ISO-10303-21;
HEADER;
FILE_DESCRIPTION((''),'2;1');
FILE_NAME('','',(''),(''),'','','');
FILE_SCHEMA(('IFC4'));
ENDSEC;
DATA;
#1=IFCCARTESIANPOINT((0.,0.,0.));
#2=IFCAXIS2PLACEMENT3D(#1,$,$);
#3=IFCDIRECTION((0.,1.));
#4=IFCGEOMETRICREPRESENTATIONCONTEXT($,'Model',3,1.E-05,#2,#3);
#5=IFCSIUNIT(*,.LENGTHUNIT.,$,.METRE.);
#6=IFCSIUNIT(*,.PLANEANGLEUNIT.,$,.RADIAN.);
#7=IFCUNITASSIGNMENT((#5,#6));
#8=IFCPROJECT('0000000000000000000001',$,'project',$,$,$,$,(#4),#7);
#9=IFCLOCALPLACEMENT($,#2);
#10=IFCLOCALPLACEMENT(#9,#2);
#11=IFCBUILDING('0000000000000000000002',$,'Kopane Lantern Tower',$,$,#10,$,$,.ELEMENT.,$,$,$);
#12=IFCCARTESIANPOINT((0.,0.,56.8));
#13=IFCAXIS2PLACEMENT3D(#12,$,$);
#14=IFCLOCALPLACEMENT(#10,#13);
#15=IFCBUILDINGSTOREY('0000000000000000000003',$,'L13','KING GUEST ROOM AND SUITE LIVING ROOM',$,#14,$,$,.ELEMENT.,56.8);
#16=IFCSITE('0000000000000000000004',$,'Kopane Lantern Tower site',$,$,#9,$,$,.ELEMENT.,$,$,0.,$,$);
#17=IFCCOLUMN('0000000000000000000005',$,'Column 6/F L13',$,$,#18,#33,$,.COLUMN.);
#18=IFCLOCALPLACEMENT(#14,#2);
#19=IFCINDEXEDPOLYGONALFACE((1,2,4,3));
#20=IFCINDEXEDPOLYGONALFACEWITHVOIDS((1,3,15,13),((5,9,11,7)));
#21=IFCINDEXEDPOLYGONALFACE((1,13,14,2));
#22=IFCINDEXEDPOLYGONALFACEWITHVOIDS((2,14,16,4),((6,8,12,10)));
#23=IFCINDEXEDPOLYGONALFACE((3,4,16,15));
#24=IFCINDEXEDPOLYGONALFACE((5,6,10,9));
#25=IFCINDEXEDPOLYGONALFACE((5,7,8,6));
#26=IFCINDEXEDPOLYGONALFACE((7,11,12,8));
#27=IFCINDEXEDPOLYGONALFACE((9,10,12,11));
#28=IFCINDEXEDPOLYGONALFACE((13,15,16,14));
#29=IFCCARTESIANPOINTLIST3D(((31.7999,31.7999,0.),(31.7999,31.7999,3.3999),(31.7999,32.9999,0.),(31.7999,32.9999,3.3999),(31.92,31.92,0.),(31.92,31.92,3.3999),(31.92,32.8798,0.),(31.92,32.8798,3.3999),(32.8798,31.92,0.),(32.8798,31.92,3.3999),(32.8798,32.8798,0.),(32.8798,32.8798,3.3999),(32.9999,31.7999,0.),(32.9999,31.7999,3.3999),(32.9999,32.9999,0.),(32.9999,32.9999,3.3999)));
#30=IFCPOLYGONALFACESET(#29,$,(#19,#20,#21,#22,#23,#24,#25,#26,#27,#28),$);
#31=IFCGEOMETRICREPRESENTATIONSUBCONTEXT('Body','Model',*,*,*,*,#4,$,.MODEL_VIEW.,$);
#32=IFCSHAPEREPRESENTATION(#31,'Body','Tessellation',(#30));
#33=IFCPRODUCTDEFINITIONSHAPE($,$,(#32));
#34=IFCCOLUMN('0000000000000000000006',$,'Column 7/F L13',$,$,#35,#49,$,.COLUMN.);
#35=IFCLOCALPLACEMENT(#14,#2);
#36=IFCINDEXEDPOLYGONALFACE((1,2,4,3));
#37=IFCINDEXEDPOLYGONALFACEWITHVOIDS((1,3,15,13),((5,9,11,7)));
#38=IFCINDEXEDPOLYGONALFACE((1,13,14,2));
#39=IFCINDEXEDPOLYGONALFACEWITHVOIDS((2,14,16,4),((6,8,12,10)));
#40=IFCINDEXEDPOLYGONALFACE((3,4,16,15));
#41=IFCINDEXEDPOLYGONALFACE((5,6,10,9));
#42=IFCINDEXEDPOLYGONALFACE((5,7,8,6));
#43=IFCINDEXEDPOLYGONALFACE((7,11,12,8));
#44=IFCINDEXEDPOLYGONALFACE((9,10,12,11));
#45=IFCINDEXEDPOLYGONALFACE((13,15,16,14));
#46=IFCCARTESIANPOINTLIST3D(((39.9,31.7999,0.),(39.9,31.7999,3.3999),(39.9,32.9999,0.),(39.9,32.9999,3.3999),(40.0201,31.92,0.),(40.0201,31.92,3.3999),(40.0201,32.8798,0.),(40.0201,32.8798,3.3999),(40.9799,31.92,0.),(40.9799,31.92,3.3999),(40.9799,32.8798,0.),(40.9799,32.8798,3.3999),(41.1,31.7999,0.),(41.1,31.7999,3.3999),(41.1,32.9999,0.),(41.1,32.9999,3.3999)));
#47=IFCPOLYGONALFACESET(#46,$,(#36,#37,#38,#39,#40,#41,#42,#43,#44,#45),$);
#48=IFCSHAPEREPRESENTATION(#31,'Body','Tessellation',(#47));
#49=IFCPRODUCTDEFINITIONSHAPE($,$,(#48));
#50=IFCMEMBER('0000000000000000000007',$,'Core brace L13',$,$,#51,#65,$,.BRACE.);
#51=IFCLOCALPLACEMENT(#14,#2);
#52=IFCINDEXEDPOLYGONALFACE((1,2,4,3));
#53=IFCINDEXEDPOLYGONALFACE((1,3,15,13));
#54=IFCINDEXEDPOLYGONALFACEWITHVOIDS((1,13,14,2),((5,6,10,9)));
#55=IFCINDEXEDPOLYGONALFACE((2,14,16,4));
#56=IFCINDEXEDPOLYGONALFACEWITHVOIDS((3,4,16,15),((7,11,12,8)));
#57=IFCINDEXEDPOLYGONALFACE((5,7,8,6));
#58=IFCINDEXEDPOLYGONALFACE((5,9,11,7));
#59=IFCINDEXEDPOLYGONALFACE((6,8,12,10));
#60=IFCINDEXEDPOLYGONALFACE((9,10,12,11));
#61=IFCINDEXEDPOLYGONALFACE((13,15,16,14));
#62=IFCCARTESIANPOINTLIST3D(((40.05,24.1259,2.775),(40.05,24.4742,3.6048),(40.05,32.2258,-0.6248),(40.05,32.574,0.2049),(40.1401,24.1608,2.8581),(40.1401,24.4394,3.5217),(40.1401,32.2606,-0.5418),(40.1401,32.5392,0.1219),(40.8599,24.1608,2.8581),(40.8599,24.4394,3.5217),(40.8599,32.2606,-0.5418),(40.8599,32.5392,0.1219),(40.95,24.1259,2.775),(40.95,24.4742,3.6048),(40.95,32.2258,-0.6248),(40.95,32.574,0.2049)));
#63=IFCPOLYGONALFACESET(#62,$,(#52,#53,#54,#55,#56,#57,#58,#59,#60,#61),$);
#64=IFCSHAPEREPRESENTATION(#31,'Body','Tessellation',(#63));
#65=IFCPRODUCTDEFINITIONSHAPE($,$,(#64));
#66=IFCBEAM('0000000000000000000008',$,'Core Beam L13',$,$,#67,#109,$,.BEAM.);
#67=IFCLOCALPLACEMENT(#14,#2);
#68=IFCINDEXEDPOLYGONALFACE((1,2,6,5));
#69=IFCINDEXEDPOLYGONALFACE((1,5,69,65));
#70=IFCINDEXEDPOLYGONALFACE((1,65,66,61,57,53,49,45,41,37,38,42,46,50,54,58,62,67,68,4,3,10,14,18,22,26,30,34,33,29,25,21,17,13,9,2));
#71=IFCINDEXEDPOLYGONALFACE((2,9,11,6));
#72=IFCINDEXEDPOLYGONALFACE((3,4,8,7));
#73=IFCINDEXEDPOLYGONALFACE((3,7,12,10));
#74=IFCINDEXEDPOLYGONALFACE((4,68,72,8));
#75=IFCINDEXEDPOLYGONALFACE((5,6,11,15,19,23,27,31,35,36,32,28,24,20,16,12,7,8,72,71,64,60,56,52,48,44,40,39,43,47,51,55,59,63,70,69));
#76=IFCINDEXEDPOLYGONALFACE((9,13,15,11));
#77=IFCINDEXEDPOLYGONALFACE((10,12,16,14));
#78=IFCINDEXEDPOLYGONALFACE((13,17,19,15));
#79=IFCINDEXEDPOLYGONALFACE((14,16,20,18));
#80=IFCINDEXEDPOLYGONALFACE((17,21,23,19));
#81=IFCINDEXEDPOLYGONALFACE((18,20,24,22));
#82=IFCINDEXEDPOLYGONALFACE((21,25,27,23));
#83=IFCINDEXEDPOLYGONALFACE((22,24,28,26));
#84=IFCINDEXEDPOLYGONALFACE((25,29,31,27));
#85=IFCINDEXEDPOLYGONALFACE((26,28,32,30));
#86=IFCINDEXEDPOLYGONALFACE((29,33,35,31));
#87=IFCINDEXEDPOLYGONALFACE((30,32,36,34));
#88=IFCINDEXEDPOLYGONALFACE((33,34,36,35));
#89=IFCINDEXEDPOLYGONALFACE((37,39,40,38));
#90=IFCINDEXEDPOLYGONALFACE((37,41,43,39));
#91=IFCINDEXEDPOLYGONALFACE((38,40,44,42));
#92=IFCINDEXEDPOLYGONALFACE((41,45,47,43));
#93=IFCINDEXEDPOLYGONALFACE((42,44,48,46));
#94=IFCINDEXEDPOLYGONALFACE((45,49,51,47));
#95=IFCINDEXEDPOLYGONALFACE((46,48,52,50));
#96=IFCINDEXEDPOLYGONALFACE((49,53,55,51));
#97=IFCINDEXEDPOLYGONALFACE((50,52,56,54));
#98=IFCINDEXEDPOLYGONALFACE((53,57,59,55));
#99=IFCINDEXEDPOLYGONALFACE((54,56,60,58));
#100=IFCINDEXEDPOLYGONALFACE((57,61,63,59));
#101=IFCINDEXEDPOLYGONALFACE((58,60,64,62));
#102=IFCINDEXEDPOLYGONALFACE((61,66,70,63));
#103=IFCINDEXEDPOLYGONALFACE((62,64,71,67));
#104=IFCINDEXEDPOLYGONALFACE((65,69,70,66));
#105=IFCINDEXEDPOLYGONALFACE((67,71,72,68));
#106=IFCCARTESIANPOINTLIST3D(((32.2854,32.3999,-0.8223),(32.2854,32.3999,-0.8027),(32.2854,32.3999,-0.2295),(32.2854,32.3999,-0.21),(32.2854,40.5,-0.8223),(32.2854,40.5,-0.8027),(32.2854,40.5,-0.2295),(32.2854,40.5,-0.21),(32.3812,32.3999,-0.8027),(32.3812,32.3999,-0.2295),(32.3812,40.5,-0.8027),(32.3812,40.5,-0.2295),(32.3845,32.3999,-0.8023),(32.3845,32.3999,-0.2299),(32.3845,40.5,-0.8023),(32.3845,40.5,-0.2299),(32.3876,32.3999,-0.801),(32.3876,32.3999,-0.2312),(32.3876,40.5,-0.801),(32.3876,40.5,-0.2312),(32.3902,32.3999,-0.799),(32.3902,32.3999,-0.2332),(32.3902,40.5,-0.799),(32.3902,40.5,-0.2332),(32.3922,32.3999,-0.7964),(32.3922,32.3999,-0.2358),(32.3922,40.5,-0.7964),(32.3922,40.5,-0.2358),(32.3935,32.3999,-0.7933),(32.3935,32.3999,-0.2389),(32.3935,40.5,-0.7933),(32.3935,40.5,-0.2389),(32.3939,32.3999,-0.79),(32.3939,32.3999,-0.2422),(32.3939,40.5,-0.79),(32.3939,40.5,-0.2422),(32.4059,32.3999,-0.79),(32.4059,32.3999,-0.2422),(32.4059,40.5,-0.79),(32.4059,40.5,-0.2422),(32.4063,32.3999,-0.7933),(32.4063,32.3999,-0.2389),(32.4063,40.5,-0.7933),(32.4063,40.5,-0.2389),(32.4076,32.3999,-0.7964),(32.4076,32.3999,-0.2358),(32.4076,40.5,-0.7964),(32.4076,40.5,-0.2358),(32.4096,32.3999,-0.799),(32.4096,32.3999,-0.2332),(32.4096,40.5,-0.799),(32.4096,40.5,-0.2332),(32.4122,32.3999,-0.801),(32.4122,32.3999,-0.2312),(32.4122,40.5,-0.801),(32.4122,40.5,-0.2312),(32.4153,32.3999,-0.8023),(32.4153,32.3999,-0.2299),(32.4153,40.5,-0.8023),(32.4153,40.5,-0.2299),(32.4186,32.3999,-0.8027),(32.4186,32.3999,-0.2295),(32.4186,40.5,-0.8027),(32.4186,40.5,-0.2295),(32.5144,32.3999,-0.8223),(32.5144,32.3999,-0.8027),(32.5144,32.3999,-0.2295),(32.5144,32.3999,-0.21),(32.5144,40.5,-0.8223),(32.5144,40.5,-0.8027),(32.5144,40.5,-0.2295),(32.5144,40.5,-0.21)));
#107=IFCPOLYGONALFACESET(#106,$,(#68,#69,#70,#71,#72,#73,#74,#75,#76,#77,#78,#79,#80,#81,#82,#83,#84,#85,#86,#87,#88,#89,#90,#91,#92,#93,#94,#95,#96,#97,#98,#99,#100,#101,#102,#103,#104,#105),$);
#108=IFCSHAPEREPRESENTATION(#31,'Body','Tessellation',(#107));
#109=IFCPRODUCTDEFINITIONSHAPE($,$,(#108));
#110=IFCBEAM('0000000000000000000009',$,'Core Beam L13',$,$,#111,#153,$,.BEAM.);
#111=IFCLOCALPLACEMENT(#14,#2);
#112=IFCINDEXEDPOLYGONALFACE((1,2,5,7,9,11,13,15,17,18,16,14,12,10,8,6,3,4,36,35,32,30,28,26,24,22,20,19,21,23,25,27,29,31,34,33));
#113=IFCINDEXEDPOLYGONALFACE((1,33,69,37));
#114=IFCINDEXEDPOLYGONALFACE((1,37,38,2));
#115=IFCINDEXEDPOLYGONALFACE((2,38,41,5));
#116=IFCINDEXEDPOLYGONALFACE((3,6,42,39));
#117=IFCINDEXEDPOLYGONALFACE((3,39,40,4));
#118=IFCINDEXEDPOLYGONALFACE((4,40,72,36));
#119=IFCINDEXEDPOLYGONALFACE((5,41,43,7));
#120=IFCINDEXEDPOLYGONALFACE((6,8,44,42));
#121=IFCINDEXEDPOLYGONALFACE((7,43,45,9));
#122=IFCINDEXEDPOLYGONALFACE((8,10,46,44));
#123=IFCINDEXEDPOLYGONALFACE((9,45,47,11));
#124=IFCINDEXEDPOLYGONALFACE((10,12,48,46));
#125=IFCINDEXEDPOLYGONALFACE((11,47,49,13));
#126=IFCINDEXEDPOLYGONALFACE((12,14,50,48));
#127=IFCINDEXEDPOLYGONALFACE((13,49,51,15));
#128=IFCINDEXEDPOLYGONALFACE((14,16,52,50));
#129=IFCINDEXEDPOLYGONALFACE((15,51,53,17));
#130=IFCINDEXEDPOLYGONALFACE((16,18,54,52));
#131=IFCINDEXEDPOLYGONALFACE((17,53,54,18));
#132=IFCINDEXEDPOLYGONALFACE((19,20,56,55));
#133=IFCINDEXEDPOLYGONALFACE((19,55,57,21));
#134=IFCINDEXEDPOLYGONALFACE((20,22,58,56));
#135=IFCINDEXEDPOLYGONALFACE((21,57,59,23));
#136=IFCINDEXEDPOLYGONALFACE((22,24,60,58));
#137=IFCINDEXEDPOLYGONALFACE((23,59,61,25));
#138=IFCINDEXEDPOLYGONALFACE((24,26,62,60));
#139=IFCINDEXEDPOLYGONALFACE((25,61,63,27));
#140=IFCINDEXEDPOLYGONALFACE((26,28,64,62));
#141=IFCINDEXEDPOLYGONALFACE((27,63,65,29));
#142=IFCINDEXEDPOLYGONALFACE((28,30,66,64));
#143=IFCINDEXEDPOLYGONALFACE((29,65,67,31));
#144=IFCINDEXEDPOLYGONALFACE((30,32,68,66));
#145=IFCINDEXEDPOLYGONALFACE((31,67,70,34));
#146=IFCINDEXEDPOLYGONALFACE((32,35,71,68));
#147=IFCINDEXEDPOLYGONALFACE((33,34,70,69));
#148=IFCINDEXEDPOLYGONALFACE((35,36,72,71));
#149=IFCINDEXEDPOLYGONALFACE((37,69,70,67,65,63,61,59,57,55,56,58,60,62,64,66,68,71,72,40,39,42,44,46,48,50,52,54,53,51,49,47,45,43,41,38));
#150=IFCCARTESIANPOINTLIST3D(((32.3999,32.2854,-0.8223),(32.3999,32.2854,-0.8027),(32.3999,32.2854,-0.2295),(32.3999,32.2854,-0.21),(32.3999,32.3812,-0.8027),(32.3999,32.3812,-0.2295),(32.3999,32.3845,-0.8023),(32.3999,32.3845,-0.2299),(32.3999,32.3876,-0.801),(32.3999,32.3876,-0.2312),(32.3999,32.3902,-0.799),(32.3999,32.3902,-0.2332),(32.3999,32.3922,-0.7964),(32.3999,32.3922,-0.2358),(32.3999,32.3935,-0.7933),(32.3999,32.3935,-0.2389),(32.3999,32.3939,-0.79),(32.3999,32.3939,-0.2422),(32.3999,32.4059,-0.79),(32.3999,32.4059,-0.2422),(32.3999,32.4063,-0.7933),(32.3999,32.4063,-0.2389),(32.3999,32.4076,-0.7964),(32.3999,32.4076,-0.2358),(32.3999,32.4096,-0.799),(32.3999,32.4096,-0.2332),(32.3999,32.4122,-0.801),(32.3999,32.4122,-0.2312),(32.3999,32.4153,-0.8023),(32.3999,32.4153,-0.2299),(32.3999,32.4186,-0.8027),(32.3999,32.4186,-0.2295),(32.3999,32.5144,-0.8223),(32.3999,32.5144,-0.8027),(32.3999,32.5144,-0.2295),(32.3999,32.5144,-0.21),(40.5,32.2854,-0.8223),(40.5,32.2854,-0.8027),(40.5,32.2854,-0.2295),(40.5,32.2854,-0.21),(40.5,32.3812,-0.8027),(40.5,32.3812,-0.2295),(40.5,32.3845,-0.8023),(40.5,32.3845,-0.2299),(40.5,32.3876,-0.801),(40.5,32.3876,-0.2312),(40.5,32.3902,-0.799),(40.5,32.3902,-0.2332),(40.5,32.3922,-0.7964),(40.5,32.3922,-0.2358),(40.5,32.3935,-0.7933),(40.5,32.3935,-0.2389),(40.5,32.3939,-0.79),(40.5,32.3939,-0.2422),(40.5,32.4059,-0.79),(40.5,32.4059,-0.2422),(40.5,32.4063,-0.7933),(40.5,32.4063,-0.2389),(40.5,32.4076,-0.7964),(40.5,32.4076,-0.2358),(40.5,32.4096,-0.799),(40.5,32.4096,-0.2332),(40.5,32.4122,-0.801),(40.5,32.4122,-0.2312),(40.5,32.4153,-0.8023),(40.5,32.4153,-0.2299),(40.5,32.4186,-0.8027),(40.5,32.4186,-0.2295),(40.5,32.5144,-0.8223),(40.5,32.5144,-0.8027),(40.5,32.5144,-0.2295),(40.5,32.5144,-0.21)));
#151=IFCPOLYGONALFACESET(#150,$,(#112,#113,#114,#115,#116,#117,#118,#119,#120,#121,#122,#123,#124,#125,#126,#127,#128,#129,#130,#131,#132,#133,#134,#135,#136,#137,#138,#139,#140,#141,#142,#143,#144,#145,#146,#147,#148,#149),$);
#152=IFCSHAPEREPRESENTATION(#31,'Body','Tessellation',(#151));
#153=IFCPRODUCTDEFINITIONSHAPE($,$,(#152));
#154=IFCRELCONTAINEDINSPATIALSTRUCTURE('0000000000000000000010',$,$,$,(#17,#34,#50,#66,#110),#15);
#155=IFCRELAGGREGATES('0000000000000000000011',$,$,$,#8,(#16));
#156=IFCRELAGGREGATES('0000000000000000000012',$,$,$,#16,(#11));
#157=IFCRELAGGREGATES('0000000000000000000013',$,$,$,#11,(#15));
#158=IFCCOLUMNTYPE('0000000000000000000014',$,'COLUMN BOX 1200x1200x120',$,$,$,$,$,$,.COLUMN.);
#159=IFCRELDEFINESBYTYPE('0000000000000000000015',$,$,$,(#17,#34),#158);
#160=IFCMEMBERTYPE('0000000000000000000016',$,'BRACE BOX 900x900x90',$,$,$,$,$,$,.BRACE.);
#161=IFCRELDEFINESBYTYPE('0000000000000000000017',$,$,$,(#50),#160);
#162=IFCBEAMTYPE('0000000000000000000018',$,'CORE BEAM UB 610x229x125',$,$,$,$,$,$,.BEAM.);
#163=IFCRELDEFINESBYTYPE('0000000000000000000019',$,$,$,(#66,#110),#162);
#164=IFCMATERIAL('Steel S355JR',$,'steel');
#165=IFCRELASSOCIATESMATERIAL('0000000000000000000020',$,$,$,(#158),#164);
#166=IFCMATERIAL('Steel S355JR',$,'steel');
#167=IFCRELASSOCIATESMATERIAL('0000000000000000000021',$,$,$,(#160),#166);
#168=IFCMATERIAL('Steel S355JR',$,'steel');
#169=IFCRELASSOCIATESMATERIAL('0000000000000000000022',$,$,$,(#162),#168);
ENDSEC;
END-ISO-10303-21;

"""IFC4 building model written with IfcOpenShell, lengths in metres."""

from ifc_helpers import new_model, si_unit, direction, frame, origin, origin_2d, place, context, subcontext, project, spatial, hollow_rectangle, i_section, extrude, material, material_profile, profile_set, type_object, element, save


model = new_model("IFC4")

# Units and contexts
model_context = context("Model", 3, precision=1e-05, world=origin(), true_north=direction((0.0, 1.0)))
body_context = subcontext(model_context, "Body", "Model", "MODEL_VIEW")
ifc_project = project(units=[si_unit("LENGTHUNIT", "METRE"), si_unit("PLANEANGLEUNIT", "RADIAN")], contexts=[model_context])

# Site, building, storey
site_placement = place(None, origin())
site = spatial("IfcSite", under=ifc_project, at=site_placement, Name="Kopane Lantern Tower site", CompositionType="ELEMENT", RefElevation=0.0)
building_placement = place(site_placement, origin())
building = spatial("IfcBuilding", under=site, at=building_placement, Name="Kopane Lantern Tower", CompositionType="ELEMENT")
storey_placement = place(building_placement, frame((0.0, 0.0, 56.8)))
storey = spatial("IfcBuildingStorey", under=building, at=storey_placement, Name="L13", Description="KING GUEST ROOM AND SUITE LIVING ROOM", CompositionType="ELEMENT", Elevation=56.8)

# Columns
ifc_material_1 = material(Name="Steel S355JR", Category="steel")
ifc_material_profile_1 = material_profile(ifc_material_1, hollow_rectangle(XDim=1.2, YDim=1.2, WallThickness=0.1201, at=origin_2d()), Name="BOX 1200x1200x120")
ifc_profile_set_1 = profile_set([ifc_material_profile_1], Name="Steel S355JR")
column_type = type_object("IfcColumnType", Name="COLUMN BOX 1200x1200x120", PredefinedType="COLUMN", material=ifc_profile_set_1)
for number, where, z_axis, x_axis, name in (
    (1, (32.3999, 32.3999, 0.0), (0.0, 0.0, 1.0), (1.0, 0.0, 0.0), "Column 6/F L13"),
    (2, (40.5, 32.3999, 0.0), (0.0, 0.0, 1.0), (1.0, 0.0, 0.0), "Column 7/F L13"),
):
    element("IfcColumn", number, at=place(storey_placement, frame(where, z_axis=z_axis, x_axis=x_axis)), inside=storey, type_object=column_type, Name=name, PredefinedType="COLUMN", context=body_context, shape_type="SweptSolid", body=[
        extrude(hollow_rectangle(XDim=1.2, YDim=1.2, WallThickness=0.1201, at=origin_2d()), origin(), (0.0, 0.0, 1.0), 3.3999),
    ])

# Member
ifc_material_2 = material(Name="Steel S355JR", Category="steel")
ifc_material_profile_2 = material_profile(ifc_material_2, hollow_rectangle(XDim=0.8999, YDim=0.8999, WallThickness=0.0901, at=origin_2d()), Name="BOX 900x900x90")
ifc_profile_set_2 = profile_set([ifc_material_profile_2], Name="Steel S355JR")
member_type = type_object("IfcMemberType", Name="BRACE BOX 900x900x90", PredefinedType="BRACE", material=ifc_profile_set_2)
member_placement = place(storey_placement, frame((40.5, 32.3999, -0.21), z_axis=(0.0, -0.922065, 0.387035), x_axis=(1.0, 0.0, 0.0)))
element("IfcMember", 3, at=member_placement, inside=storey, type_object=member_type, Name="Core brace L13", PredefinedType="BRACE", context=body_context, shape_type="SweptSolid", body=[
    extrude(hollow_rectangle(XDim=0.8999, YDim=0.8999, WallThickness=0.0901, at=origin_2d()), origin(), (0.0, 0.0, 1.0), 8.7844),
])

# Beams
ifc_material_3 = material(Name="Steel S355JR", Category="steel")
ifc_material_profile_3 = material_profile(ifc_material_3, i_section(OverallWidth=0.229, OverallDepth=0.6123, WebThickness=0.012, FlangeThickness=0.0195, FilletRadius=0.0127, at=origin_2d()), Name="UB 610x229x125")
ifc_profile_set_3 = profile_set([ifc_material_profile_3], Name="Steel S355JR")
beam_type_1 = type_object("IfcBeamType", Name="CORE BEAM UB 610x229x125", PredefinedType="BEAM", material=ifc_profile_set_3)
for number, where, z_axis, x_axis, name in (
    (4, (32.3999, 32.3999, -0.5161), (0.0, 1.0, 0.0), (-1.0, 0.0, 0.0), "Core Beam L13"),
    (5, (32.3999, 32.3999, -0.5161), (1.0, 0.0, 0.0), (0.0, 1.0, 0.0), "Core Beam L13"),
):
    element("IfcBeam", number, at=place(storey_placement, frame(where, z_axis=z_axis, x_axis=x_axis)), inside=storey, type_object=beam_type_1, Name=name, PredefinedType="BEAM", context=body_context, shape_type="SweptSolid", body=[
        extrude(i_section(OverallWidth=0.229, OverallDepth=0.6123, WebThickness=0.012, FlangeThickness=0.0195, FilletRadius=0.0127, at=origin_2d()), origin(), (0.0, 0.0, 1.0), 8.1001),
    ])

save(model, "model.ifc")
